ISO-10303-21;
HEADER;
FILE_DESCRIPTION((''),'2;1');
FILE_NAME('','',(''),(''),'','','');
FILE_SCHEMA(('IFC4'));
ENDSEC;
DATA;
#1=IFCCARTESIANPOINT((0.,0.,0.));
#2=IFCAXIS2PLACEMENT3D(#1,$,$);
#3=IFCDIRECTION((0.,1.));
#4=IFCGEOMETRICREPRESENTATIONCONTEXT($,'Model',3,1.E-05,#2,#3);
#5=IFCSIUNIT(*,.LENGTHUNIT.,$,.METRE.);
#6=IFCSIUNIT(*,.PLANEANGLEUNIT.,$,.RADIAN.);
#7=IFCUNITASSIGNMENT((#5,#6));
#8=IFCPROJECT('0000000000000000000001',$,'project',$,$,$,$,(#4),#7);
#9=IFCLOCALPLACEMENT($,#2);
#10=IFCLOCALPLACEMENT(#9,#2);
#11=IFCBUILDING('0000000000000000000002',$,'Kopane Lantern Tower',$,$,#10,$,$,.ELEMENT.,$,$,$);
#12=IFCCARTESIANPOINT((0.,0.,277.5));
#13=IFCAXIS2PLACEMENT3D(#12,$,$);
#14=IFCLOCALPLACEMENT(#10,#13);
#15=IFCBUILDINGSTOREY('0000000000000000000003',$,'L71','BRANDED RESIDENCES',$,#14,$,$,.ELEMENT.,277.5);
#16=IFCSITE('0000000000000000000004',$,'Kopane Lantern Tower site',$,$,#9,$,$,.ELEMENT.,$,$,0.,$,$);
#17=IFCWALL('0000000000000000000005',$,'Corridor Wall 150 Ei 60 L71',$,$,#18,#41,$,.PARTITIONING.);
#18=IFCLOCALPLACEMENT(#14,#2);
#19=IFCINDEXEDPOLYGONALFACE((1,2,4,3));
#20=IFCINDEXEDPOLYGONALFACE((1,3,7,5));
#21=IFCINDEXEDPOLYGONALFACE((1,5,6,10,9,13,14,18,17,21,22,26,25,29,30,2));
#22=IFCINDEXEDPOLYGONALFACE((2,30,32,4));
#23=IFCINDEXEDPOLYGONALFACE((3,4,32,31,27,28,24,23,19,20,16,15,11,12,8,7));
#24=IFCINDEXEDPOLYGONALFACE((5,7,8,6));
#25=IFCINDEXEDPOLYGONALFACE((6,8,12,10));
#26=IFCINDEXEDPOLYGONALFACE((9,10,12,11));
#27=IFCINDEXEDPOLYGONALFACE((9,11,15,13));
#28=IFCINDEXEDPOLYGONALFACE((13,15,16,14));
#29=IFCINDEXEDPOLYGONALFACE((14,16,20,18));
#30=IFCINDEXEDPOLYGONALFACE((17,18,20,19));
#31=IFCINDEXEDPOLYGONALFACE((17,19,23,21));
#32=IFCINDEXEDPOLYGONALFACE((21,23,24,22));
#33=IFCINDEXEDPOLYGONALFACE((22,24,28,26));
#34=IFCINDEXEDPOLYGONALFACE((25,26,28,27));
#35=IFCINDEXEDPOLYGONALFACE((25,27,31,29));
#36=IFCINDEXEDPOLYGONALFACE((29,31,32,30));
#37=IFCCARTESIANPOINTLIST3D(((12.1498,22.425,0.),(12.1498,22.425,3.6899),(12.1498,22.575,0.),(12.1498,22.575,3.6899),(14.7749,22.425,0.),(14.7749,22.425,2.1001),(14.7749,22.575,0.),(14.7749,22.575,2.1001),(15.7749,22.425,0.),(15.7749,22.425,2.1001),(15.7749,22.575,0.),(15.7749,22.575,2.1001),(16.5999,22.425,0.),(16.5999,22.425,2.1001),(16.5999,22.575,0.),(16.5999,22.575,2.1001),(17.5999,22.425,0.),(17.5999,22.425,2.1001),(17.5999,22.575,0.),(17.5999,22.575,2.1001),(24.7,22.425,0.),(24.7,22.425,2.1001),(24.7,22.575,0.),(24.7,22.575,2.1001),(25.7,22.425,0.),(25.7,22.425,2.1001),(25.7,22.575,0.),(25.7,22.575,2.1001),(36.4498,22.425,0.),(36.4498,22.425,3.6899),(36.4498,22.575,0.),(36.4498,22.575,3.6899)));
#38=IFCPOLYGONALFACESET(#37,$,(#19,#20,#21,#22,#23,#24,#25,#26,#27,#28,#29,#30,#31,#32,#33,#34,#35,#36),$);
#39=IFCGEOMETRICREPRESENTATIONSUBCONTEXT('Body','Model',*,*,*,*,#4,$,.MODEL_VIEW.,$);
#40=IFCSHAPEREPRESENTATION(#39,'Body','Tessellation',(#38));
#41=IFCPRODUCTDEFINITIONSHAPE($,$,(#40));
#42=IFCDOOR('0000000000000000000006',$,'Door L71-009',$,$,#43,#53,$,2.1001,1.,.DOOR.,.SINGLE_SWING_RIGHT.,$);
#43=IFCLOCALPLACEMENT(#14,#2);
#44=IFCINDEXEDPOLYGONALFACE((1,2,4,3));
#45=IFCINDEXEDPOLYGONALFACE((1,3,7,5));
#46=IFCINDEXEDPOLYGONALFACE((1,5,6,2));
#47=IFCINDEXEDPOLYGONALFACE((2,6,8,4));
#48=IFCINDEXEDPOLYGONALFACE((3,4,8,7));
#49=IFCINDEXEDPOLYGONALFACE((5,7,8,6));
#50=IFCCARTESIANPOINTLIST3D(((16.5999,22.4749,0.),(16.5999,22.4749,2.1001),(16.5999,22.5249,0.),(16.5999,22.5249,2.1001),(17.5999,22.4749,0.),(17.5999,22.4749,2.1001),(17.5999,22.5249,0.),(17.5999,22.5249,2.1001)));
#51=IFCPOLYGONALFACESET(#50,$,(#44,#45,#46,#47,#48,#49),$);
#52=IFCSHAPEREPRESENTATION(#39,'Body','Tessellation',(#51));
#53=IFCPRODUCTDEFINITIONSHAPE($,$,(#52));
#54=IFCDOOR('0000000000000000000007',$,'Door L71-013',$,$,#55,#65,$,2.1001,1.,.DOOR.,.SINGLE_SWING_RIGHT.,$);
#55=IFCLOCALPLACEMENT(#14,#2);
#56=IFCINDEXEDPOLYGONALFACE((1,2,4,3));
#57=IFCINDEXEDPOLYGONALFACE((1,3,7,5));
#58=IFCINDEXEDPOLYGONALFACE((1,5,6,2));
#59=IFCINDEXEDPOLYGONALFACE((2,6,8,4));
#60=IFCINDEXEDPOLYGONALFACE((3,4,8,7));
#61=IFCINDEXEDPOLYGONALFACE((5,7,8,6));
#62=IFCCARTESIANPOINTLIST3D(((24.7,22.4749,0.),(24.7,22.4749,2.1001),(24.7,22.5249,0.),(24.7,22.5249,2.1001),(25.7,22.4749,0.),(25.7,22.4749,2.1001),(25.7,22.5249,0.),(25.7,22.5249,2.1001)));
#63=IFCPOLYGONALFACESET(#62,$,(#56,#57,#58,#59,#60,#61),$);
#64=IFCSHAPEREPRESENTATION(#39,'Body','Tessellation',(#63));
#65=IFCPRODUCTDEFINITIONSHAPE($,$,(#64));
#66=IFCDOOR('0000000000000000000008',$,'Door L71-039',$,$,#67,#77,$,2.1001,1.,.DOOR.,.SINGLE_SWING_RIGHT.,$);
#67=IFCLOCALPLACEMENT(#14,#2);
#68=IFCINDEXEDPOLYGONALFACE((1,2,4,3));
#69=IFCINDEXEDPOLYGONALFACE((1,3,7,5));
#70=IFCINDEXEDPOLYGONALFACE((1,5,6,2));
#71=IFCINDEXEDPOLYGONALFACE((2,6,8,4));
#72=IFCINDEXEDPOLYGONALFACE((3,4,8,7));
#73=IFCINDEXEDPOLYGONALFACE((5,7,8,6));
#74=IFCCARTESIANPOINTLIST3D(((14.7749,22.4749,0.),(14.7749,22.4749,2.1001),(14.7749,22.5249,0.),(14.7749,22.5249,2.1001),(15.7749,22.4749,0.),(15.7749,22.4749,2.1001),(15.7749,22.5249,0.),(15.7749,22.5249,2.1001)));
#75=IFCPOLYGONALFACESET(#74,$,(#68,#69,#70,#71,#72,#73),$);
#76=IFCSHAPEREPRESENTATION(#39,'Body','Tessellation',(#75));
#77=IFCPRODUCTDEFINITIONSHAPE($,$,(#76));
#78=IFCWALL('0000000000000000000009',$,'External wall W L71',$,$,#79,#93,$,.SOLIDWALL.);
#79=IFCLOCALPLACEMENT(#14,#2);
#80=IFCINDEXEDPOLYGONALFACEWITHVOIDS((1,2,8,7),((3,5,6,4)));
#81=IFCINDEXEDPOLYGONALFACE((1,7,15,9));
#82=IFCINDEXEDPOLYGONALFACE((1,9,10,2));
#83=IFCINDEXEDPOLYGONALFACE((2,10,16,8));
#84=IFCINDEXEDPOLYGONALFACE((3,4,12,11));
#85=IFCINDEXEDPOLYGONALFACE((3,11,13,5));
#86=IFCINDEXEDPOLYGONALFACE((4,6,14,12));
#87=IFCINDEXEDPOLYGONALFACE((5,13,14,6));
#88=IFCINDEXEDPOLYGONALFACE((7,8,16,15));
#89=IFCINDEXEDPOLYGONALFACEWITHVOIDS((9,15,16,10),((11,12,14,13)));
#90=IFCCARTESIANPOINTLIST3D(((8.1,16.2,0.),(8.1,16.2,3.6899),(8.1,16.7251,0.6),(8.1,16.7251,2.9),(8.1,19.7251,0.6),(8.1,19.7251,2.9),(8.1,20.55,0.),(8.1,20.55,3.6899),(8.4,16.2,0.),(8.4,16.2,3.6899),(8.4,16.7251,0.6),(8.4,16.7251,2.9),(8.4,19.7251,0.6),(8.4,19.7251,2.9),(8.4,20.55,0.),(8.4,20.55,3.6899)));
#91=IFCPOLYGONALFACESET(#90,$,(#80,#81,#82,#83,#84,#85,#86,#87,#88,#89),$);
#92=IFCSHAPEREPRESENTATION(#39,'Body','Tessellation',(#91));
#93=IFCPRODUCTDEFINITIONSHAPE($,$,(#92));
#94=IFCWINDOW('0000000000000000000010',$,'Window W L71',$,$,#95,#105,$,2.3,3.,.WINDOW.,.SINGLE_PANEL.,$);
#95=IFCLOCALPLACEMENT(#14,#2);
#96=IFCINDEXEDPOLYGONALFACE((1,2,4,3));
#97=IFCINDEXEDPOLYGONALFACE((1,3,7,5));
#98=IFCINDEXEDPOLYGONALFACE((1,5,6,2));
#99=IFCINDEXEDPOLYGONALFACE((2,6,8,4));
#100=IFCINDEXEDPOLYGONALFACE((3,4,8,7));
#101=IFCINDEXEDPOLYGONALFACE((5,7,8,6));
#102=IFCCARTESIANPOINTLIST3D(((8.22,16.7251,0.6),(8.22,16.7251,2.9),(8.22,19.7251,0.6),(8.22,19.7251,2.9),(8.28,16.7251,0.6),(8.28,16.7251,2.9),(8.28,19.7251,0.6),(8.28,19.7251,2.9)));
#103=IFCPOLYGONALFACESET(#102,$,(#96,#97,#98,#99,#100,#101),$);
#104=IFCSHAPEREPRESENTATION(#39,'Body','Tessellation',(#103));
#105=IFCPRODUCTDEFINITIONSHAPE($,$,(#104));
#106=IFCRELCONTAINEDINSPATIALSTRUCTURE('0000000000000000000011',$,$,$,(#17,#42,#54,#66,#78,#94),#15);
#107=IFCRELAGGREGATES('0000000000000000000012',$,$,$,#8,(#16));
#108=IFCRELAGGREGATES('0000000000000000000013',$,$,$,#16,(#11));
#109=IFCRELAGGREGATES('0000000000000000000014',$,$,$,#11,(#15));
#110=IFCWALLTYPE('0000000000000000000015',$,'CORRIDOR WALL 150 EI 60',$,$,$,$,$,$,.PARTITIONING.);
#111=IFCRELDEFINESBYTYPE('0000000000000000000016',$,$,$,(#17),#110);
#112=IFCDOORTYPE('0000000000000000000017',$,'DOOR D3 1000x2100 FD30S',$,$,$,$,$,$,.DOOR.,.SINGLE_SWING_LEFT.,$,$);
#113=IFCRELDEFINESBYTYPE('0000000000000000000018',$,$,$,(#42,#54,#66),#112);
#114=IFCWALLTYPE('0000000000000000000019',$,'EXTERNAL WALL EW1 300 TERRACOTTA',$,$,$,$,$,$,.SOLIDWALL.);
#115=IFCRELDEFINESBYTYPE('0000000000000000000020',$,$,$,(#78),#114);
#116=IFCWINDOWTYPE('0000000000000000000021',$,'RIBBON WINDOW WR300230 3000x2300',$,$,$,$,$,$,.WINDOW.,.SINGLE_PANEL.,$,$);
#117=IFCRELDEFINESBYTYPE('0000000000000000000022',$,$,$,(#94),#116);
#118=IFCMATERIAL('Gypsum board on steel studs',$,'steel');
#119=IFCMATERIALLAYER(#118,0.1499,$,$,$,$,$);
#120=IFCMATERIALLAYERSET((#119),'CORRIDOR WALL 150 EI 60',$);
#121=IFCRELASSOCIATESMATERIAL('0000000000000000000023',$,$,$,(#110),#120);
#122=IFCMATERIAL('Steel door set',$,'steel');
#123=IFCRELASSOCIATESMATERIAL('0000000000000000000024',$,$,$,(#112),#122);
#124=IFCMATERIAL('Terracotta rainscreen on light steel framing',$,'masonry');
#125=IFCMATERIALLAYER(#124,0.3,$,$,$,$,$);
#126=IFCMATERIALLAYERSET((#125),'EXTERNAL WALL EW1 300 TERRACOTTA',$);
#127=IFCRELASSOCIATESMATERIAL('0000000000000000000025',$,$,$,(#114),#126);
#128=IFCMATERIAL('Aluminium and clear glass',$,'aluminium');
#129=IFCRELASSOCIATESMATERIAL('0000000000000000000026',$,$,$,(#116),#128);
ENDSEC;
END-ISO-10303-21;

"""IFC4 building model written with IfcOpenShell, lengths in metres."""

from ifc_helpers import new_model, si_unit, direction, frame, frame_2d, origin, place, context, subcontext, project, spatial, rectangle, extrude, material, layer, layer_set, type_object, element, fill, save


model = new_model("IFC4")

# Units and contexts
model_context = context("Model", 3, precision=1e-05, world=origin(), true_north=direction((0.0, 1.0)))
body_context = subcontext(model_context, "Body", "Model", "MODEL_VIEW")
ifc_project = project(units=[si_unit("LENGTHUNIT", "METRE"), si_unit("PLANEANGLEUNIT", "RADIAN")], contexts=[model_context])

# Site, building, storey
site_placement = place(None, origin())
site = spatial("IfcSite", under=ifc_project, at=site_placement, Name="Kopane Lantern Tower site", CompositionType="ELEMENT", RefElevation=0.0)
building_placement = place(site_placement, origin())
building = spatial("IfcBuilding", under=site, at=building_placement, Name="Kopane Lantern Tower", CompositionType="ELEMENT")
storey_placement = place(building_placement, frame((0.0, 0.0, 277.5)))
storey = spatial("IfcBuildingStorey", under=building, at=storey_placement, Name="L71", Description="BRANDED RESIDENCES", CompositionType="ELEMENT", Elevation=277.5)

# Wall, openings, doors
ifc_material_1 = material(Name="Gypsum board on steel studs", Category="steel")
ifc_layer_1 = layer(ifc_material_1, 0.1499)
ifc_layer_set_1 = layer_set([ifc_layer_1], Name="CORRIDOR WALL 150 EI 60")
wall_type_1 = type_object("IfcWallType", Name="CORRIDOR WALL 150 EI 60", PredefinedType="PARTITIONING", material=ifc_layer_set_1)
wall_1_placement = place(storey_placement, frame((12.1499, 22.5, 0.0), z_axis=(0.0, 0.0, 1.0), x_axis=(1.0, 0.0, 0.0)))
wall_1 = element("IfcWall", 1, at=wall_1_placement, inside=storey, type_object=wall_type_1, Name="Corridor Wall 150 Ei 60 L71", PredefinedType="PARTITIONING", context=body_context, shape_type="SweptSolid", body=[
    extrude(rectangle(XDim=24.3, YDim=0.1499, at=frame_2d((12.1499, 0.0))), origin(), (0.0, 0.0, 1.0), 3.6899),
])
opening_1_placement = place(wall_1_placement, frame((4.45, 0.0, 0.0)))
opening_1 = element("IfcOpeningElement", 2, at=opening_1_placement, cuts=wall_1, PredefinedType="OPENING", context=body_context, shape_type="SweptSolid", body=[
    extrude(rectangle(XDim=1.0, YDim=2.1001, at=frame_2d((0.5, 1.05))), frame((0.0, 0.085, 0.0), z_axis=(0.0, -1.0, 0.0), x_axis=(1.0, 0.0, 0.0)), (0.0, 0.0, 1.0), 0.1699),
])
opening_2_placement = place(wall_1_placement, frame((12.55, 0.0, 0.0)))
opening_2 = element("IfcOpeningElement", 3, at=opening_2_placement, cuts=wall_1, PredefinedType="OPENING", context=body_context, shape_type="SweptSolid", body=[
    extrude(rectangle(XDim=1.0, YDim=2.1001, at=frame_2d((0.5, 1.05))), frame((0.0, 0.085, 0.0), z_axis=(0.0, -1.0, 0.0), x_axis=(1.0, 0.0, 0.0)), (0.0, 0.0, 1.0), 0.1699),
])
opening_3_placement = place(wall_1_placement, frame((2.625, 0.0, 0.0)))
opening_3 = element("IfcOpeningElement", 4, at=opening_3_placement, cuts=wall_1, PredefinedType="OPENING", context=body_context, shape_type="SweptSolid", body=[
    extrude(rectangle(XDim=1.0, YDim=2.1001, at=frame_2d((0.5, 1.05))), frame((0.0, 0.085, 0.0), z_axis=(0.0, -1.0, 0.0), x_axis=(1.0, 0.0, 0.0)), (0.0, 0.0, 1.0), 0.1699),
])
ifc_material_2 = material(Name="Steel door set", Category="steel")
door_type_1 = type_object("IfcDoorType", Name="DOOR D3 1000x2100 FD30S", OperationType="SINGLE_SWING_LEFT", PredefinedType="DOOR", material=ifc_material_2)
door_1_placement = place(opening_1_placement, origin())
door_1 = element("IfcDoor", 5, at=door_1_placement, inside=storey, type_object=door_type_1, Name="Door L71-009", OperationType="SINGLE_SWING_RIGHT", OverallHeight=2.1001, OverallWidth=1.0, PredefinedType="DOOR", context=body_context, shape_type="SweptSolid", body=[
    extrude(rectangle(XDim=1.0, YDim=2.1001, at=frame_2d((0.5, 1.05))), frame((0.0, 0.0249, 0.0), z_axis=(0.0, -1.0, 0.0), x_axis=(1.0, 0.0, 0.0)), (0.0, 0.0, 1.0), 0.05),
])
fill(opening_1, door_1)
door_2_placement = place(opening_2_placement, origin())
door_2 = element("IfcDoor", 6, at=door_2_placement, inside=storey, type_object=door_type_1, Name="Door L71-013", OperationType="SINGLE_SWING_RIGHT", OverallHeight=2.1001, OverallWidth=1.0, PredefinedType="DOOR", context=body_context, shape_type="SweptSolid", body=[
    extrude(rectangle(XDim=1.0, YDim=2.1001, at=frame_2d((0.5, 1.05))), frame((0.0, 0.0249, 0.0), z_axis=(0.0, -1.0, 0.0), x_axis=(1.0, 0.0, 0.0)), (0.0, 0.0, 1.0), 0.05),
])
fill(opening_2, door_2)
door_3_placement = place(opening_3_placement, origin())
door_3 = element("IfcDoor", 7, at=door_3_placement, inside=storey, type_object=door_type_1, Name="Door L71-039", OperationType="SINGLE_SWING_RIGHT", OverallHeight=2.1001, OverallWidth=1.0, PredefinedType="DOOR", context=body_context, shape_type="SweptSolid", body=[
    extrude(rectangle(XDim=1.0, YDim=2.1001, at=frame_2d((0.5, 1.05))), frame((0.0, 0.0249, 0.0), z_axis=(0.0, -1.0, 0.0), x_axis=(1.0, 0.0, 0.0)), (0.0, 0.0, 1.0), 0.05),
])
fill(opening_3, door_3)

# Wall, opening, window
ifc_material_3 = material(Name="Terracotta rainscreen on light steel framing", Category="masonry")
ifc_layer_2 = layer(ifc_material_3, 0.3)
ifc_layer_set_2 = layer_set([ifc_layer_2], Name="EXTERNAL WALL EW1 300 TERRACOTTA")
wall_type_2 = type_object("IfcWallType", Name="EXTERNAL WALL EW1 300 TERRACOTTA", PredefinedType="SOLIDWALL", material=ifc_layer_set_2)
wall_2_placement = place(storey_placement, frame((8.25, 20.55, 0.0), z_axis=(0.0, 0.0, 1.0), x_axis=(0.0, -1.0, 0.0)))
wall_2 = element("IfcWall", 8, at=wall_2_placement, inside=storey, type_object=wall_type_2, Name="External wall W L71", PredefinedType="SOLIDWALL", context=body_context, shape_type="SweptSolid", body=[
    extrude(rectangle(XDim=4.3501, YDim=0.3, at=frame_2d((2.175, 0.0))), origin(), (0.0, 0.0, 1.0), 3.6899),
])
opening_4_placement = place(wall_2_placement, frame((0.825, 0.0, 0.6001)))
opening_4 = element("IfcOpeningElement", 9, at=opening_4_placement, cuts=wall_2, PredefinedType="OPENING", context=body_context, shape_type="SweptSolid", body=[
    extrude(rectangle(XDim=3.0, YDim=2.3, at=frame_2d((1.5, 1.1499))), frame((0.0, 0.1599, 0.0), z_axis=(0.0, -1.0, 0.0), x_axis=(1.0, 0.0, 0.0)), (0.0, 0.0, 1.0), 0.3201),
])
ifc_material_4 = material(Name="Aluminium and clear glass", Category="aluminium")
window_type = type_object("IfcWindowType", Name="RIBBON WINDOW WR300230 3000x2300", PartitioningType="SINGLE_PANEL", PredefinedType="WINDOW", material=ifc_material_4)
window_placement = place(opening_4_placement, origin())
window = element("IfcWindow", 10, at=window_placement, inside=storey, type_object=window_type, Name="Window W L71", OverallHeight=2.3, OverallWidth=3.0, PartitioningType="SINGLE_PANEL", PredefinedType="WINDOW", context=body_context, shape_type="SweptSolid", body=[
    extrude(rectangle(XDim=3.0, YDim=2.3, at=frame_2d((1.5, 1.1499))), frame((0.0, 0.03, 0.0), z_axis=(0.0, -1.0, 0.0), x_axis=(1.0, 0.0, 0.0)), (0.0, 0.0, 1.0), 0.0601),
])
fill(opening_4, window)

save(model, "model.ifc")
